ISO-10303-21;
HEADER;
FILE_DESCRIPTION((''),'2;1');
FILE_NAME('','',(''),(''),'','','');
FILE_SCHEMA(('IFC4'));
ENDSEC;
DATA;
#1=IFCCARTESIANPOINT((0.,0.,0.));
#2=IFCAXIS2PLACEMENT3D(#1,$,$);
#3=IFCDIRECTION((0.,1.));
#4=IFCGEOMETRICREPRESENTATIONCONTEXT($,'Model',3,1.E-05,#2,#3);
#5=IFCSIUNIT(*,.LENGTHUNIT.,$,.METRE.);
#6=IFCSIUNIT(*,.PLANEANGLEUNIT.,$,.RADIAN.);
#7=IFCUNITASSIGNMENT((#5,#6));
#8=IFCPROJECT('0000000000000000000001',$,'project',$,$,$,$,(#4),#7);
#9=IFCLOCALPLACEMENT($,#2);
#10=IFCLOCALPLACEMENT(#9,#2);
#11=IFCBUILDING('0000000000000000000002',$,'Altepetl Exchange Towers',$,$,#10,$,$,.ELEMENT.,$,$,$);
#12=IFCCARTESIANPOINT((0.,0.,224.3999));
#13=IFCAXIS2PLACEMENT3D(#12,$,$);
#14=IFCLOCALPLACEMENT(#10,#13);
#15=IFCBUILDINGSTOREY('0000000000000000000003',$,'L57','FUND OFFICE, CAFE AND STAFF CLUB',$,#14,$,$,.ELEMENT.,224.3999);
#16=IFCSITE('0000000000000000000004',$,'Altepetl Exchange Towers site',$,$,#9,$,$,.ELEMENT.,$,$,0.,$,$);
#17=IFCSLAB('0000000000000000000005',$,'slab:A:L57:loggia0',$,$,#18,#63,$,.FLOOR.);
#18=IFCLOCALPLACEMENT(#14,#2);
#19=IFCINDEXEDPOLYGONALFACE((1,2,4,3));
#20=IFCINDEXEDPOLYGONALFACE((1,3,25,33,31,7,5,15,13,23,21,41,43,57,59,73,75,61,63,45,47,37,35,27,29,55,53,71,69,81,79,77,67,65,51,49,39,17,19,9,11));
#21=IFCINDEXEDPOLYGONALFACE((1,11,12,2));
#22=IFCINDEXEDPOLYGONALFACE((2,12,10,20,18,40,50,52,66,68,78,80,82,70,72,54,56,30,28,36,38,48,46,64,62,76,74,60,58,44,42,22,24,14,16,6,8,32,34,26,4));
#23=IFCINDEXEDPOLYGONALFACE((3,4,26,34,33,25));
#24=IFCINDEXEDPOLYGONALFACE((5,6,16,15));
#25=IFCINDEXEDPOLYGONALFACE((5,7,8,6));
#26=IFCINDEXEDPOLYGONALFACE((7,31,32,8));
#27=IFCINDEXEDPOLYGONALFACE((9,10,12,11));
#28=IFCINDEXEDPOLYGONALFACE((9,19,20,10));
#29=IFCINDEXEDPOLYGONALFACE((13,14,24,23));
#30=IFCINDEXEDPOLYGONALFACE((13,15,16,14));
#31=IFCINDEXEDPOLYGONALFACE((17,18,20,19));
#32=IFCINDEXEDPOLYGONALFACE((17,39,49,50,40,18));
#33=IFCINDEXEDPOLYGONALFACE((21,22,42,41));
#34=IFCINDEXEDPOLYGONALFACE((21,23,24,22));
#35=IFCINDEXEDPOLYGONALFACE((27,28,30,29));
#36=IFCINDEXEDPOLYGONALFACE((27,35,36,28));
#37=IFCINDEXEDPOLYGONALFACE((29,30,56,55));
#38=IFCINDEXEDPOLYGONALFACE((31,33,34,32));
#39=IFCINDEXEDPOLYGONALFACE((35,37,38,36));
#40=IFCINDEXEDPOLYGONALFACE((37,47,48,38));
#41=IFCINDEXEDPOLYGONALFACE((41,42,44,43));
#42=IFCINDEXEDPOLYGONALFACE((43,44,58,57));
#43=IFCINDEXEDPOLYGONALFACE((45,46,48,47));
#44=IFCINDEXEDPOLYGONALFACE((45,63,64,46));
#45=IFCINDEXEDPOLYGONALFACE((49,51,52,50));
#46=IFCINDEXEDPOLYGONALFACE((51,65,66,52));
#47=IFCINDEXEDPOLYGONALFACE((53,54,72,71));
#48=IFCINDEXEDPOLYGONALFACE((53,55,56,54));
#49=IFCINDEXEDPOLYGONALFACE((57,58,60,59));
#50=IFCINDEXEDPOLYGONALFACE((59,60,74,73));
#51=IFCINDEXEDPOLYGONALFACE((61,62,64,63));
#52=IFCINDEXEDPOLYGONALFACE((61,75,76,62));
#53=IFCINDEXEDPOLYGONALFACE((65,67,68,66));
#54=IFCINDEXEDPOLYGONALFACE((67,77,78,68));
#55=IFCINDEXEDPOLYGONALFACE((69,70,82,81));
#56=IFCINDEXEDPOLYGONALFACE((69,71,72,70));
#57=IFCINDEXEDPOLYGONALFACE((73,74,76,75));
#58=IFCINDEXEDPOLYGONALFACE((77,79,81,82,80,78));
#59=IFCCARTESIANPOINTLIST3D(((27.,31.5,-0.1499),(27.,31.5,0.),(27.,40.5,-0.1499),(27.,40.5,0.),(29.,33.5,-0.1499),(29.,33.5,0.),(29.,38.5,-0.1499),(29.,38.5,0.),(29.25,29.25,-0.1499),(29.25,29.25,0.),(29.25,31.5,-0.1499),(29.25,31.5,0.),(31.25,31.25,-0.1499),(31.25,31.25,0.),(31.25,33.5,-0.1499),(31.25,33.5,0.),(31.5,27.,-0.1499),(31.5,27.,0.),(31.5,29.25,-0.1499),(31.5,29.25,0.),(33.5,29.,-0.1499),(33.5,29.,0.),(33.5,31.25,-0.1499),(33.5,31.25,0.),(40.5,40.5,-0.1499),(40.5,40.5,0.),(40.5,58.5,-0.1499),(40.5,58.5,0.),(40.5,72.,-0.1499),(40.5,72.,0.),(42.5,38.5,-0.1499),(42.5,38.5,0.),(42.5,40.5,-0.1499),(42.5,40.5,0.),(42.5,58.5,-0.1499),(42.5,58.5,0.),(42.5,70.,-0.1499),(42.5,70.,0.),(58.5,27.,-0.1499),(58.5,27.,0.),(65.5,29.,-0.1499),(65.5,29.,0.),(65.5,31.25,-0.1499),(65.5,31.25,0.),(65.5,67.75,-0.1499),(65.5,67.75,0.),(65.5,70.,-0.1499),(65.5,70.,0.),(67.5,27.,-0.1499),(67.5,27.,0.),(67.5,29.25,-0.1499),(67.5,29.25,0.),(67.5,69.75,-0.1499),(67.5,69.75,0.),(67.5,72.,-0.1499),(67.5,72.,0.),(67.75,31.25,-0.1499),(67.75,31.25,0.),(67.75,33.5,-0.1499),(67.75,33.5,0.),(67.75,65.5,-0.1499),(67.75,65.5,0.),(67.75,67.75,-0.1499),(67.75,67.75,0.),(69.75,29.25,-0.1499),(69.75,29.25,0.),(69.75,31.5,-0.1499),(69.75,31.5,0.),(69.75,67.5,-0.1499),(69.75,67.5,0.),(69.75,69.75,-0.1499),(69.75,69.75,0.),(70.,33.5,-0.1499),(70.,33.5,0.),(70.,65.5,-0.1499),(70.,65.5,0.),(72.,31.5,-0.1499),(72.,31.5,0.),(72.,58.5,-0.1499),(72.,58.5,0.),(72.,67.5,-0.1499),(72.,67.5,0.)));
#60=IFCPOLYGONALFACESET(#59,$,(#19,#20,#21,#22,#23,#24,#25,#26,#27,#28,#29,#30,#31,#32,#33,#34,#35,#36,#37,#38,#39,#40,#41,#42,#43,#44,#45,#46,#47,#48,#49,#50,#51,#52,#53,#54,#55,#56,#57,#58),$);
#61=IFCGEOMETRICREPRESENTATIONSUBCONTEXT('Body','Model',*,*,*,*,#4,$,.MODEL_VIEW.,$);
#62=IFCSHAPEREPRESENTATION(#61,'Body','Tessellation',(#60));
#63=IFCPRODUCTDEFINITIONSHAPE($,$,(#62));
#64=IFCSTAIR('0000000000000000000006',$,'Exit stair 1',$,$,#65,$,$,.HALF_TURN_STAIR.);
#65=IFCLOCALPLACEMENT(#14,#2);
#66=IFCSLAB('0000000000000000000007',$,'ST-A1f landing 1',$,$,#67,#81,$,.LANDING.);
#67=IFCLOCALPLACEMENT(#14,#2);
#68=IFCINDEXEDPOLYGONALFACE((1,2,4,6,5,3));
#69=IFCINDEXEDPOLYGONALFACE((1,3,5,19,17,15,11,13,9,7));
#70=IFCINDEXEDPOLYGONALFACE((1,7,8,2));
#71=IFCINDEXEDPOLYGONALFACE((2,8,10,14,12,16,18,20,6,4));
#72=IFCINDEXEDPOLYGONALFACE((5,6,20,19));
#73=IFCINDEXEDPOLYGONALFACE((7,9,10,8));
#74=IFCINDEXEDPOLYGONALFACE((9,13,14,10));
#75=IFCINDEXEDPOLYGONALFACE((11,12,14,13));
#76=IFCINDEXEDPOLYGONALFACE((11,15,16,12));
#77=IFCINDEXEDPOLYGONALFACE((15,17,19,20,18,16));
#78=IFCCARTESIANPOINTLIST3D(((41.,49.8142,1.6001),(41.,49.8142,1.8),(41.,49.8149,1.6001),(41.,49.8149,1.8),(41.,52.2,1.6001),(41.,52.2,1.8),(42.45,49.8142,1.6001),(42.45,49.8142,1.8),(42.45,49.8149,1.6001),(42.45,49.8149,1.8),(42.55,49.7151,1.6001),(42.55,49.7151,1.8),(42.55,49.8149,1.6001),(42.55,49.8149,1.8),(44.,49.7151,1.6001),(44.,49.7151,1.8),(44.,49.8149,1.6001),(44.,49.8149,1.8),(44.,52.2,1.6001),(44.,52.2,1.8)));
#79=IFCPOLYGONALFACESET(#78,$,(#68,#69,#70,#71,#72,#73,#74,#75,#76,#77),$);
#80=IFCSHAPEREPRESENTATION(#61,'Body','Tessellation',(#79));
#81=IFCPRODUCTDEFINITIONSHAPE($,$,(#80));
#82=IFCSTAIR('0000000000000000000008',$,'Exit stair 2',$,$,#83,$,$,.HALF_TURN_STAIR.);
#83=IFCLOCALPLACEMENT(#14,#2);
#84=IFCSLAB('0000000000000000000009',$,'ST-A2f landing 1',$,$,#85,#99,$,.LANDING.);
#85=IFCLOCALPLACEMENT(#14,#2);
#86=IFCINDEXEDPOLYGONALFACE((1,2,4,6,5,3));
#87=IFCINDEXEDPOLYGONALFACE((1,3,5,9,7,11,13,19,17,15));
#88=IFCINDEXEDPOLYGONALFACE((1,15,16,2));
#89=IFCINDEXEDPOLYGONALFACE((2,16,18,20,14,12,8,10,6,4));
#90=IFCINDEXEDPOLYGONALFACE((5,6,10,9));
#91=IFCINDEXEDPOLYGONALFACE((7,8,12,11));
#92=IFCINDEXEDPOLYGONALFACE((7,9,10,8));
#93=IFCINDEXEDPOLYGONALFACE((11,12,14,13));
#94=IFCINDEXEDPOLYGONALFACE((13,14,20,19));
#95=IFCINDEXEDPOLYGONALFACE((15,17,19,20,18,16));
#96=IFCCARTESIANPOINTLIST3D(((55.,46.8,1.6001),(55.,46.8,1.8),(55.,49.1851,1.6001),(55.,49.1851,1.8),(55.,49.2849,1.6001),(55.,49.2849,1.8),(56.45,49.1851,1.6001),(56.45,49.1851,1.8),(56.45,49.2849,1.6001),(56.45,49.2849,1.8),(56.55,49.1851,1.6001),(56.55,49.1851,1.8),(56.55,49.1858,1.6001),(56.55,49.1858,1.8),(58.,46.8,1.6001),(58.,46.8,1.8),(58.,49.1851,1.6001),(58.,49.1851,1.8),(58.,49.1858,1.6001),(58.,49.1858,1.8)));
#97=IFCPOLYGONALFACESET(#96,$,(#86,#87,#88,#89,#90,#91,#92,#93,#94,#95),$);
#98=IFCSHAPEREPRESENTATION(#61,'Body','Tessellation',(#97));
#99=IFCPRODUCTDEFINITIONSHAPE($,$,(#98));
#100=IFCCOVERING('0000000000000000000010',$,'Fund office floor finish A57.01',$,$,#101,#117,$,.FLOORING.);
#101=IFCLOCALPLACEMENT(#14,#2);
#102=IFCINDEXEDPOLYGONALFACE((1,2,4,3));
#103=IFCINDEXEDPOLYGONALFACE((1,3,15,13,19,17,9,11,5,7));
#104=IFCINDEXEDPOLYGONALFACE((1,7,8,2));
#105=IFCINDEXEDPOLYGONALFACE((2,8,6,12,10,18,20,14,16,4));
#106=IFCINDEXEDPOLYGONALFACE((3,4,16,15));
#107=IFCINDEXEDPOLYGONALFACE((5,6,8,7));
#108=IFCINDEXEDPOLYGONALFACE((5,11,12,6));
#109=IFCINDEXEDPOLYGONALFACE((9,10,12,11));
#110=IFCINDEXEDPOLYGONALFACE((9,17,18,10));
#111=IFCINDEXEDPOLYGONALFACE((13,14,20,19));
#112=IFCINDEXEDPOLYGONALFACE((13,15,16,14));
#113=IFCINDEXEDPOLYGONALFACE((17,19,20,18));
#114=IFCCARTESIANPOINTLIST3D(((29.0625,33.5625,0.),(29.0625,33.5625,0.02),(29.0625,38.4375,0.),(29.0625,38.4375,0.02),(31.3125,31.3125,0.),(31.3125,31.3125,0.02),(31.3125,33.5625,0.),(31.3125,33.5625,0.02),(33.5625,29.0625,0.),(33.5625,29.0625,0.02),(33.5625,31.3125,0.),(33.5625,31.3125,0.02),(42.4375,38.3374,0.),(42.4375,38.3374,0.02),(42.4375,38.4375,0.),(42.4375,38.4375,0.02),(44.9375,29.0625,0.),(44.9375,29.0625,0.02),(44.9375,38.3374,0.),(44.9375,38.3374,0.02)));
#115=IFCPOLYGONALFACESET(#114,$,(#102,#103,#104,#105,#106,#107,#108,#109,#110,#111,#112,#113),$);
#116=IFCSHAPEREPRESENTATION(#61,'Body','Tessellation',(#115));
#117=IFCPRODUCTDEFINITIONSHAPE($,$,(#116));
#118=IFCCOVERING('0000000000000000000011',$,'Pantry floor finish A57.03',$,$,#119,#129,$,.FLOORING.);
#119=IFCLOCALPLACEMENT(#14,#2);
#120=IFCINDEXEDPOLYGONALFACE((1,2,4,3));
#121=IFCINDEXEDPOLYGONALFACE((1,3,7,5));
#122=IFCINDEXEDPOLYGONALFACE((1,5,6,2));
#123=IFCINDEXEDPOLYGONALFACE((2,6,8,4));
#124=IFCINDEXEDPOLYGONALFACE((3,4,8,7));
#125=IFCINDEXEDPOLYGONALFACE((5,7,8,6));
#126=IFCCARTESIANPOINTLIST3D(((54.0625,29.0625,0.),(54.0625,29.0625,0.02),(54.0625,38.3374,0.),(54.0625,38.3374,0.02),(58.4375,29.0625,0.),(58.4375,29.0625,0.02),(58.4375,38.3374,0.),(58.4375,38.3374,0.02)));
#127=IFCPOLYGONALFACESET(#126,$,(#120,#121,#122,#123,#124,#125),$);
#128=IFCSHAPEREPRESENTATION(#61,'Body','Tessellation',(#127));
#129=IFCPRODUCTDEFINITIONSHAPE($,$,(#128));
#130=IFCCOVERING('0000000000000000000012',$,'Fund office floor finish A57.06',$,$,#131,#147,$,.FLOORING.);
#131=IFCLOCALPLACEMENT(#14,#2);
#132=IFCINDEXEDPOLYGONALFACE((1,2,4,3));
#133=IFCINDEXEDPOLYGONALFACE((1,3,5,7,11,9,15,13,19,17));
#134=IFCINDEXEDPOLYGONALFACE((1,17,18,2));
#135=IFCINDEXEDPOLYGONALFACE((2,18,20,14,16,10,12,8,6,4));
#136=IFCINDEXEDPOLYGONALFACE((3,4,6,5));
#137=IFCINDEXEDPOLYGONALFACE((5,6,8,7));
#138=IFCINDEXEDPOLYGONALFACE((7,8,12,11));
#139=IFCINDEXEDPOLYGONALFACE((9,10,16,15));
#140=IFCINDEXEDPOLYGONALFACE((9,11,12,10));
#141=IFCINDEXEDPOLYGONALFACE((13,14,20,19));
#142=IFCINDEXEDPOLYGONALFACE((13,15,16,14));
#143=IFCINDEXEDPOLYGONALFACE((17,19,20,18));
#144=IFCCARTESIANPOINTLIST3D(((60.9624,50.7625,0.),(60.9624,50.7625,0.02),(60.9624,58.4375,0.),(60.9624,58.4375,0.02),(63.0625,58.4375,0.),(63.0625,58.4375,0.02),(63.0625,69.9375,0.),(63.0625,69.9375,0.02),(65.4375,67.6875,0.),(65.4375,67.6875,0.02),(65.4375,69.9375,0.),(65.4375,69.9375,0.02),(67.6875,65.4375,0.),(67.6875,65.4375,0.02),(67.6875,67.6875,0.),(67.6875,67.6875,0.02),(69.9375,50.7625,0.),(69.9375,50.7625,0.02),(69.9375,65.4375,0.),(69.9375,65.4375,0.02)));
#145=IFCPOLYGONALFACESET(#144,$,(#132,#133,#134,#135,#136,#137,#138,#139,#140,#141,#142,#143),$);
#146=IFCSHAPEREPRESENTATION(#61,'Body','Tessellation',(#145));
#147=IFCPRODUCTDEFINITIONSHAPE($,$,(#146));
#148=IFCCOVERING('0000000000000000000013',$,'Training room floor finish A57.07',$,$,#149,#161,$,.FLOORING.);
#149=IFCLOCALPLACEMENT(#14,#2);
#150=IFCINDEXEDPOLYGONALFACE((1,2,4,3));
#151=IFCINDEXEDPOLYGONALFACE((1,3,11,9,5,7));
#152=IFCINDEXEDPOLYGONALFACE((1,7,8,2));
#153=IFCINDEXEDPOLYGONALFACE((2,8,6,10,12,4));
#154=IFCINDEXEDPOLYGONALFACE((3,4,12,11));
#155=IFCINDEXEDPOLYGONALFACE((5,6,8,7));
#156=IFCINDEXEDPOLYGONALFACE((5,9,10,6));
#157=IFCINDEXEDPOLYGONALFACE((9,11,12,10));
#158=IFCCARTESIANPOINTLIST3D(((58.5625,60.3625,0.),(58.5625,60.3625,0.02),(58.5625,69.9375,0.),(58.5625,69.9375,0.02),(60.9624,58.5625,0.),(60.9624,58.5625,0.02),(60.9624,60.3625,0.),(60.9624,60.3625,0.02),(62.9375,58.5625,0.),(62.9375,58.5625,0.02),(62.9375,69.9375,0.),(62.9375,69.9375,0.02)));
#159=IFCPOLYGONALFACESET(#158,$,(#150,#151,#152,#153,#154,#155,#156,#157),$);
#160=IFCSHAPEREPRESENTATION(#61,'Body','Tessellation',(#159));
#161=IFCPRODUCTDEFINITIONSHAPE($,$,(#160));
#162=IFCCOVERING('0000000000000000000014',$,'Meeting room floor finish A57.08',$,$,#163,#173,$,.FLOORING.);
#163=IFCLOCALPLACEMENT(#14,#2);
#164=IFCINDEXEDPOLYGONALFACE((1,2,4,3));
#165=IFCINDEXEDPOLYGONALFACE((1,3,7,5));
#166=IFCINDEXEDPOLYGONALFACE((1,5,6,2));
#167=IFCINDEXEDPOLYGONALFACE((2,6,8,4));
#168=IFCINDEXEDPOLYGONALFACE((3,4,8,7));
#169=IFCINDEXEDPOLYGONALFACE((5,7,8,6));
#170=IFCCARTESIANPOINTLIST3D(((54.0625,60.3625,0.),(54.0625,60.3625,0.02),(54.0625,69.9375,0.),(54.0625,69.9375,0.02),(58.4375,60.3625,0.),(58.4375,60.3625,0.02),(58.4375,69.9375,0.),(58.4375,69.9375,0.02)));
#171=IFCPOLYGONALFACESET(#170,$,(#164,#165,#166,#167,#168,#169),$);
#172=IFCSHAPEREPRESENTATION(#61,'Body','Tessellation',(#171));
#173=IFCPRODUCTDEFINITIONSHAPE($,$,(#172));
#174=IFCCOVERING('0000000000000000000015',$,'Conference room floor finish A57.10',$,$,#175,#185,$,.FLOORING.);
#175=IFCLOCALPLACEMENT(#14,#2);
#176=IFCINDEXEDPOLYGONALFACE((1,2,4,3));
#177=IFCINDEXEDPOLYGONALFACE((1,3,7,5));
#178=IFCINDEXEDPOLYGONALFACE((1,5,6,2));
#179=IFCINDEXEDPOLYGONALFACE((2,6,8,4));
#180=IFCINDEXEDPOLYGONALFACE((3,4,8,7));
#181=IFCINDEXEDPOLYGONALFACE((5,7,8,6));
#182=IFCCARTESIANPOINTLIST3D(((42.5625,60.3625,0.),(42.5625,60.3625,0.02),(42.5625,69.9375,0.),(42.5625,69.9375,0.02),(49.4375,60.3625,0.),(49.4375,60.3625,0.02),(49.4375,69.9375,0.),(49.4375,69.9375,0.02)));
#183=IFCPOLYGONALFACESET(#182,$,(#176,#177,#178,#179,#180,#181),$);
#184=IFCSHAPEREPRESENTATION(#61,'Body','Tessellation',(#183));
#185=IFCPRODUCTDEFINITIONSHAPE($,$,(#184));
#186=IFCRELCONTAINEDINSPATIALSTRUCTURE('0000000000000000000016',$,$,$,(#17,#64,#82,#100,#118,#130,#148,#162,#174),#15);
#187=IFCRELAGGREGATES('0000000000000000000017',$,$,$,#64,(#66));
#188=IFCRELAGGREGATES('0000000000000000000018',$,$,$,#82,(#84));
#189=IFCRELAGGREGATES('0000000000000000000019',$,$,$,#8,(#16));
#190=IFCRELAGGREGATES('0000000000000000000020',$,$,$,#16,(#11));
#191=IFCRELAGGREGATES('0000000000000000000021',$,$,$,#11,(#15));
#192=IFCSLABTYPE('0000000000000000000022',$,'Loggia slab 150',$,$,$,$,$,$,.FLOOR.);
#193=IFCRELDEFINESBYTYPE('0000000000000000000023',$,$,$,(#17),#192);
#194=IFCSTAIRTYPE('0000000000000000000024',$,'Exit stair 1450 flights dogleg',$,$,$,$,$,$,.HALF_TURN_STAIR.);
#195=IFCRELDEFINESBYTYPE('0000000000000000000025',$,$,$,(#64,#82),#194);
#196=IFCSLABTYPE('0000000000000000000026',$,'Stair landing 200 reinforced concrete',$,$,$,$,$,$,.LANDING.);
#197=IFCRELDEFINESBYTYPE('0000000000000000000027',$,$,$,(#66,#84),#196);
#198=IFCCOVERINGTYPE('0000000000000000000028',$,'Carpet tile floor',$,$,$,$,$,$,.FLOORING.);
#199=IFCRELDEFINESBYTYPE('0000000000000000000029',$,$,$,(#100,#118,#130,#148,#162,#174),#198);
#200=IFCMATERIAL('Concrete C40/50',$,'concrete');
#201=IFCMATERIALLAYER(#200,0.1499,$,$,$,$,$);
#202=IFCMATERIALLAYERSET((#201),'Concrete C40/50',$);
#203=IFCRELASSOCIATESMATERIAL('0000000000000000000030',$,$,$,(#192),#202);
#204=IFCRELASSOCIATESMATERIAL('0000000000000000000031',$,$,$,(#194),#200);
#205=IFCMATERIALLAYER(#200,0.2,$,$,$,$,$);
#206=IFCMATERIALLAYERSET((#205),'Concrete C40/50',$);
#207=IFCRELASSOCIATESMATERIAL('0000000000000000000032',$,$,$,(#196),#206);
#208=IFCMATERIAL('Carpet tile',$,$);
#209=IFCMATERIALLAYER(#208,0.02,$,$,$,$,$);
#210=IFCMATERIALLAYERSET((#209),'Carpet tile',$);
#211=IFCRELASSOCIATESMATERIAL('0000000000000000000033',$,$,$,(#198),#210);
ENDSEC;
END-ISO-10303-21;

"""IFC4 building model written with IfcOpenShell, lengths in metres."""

from ifc_helpers import new_model, si_unit, direction, frame, origin, place, context, subcontext, project, spatial, polyline, outline, extrude, material, layer, layer_set, type_object, element, aggregate, save


model = new_model("IFC4")

# Units and contexts
model_context = context("Model", 3, precision=1e-05, world=origin(), true_north=direction((0.0, 1.0)))
body_context = subcontext(model_context, "Body", "Model", "MODEL_VIEW")
ifc_project = project(units=[si_unit("LENGTHUNIT", "METRE"), si_unit("PLANEANGLEUNIT", "RADIAN")], contexts=[model_context])

# Site, building, storey
site_placement = place(None, origin())
site = spatial("IfcSite", under=ifc_project, at=site_placement, Name="Altepetl Exchange Towers site", CompositionType="ELEMENT", RefElevation=0.0)
building_placement = place(site_placement, origin())
building = spatial("IfcBuilding", under=site, at=building_placement, Name="Altepetl Exchange Towers", CompositionType="ELEMENT")
storey_placement = place(building_placement, frame((0.0, 0.0, 224.3999)))
storey = spatial("IfcBuildingStorey", under=building, at=storey_placement, Name="L57", Description="FUND OFFICE, CAFE AND STAFF CLUB", CompositionType="ELEMENT", Elevation=224.3999)

# Shared definitions
ifc_material_1 = material(Name="Concrete C40/50", Category="concrete")

# Slab
ifc_layer_1 = layer(ifc_material_1, 0.1499)
ifc_layer_set_1 = layer_set([ifc_layer_1], Name="Concrete C40/50")
slab_type_1 = type_object("IfcSlabType", Name="Loggia slab 150", PredefinedType="FLOOR", material=ifc_layer_set_1)
slab_1_placement = place(storey_placement, frame((0.0, 0.0, -0.1499)))
element("IfcSlab", 1, at=slab_1_placement, inside=storey, type_object=slab_type_1, Name="slab:A:L57:loggia0", PredefinedType="FLOOR", context=body_context, shape_type="SweptSolid", body=[
    extrude(outline(polyline([(40.5, 72.0), (40.5, 58.5), (42.5, 58.5), (42.5, 70.0), (65.5, 70.0), (65.5, 67.75), (67.75, 67.75), (67.75, 65.5), (70.0, 65.5), (70.0, 33.5), (67.75, 33.5), (67.75, 31.25), (65.5, 31.25), (65.5, 29.0), (33.5, 29.0), (33.5, 31.25), (31.25, 31.25), (31.25, 33.5), (29.0, 33.5), (29.0, 38.5), (42.5, 38.5), (42.5, 40.5), (40.5, 40.5), (27.0, 40.5), (27.0, 31.5), (29.25, 31.5), (29.25, 29.25), (31.5, 29.25), (31.5, 27.0), (58.5, 27.0), (67.5, 27.0), (67.5, 29.25), (69.75, 29.25), (69.75, 31.5), (72.0, 31.5), (72.0, 58.5), (72.0, 67.5), (69.75, 67.5), (69.75, 69.75), (67.5, 69.75), (67.5, 72.0), (40.5, 72.0)])), origin(), (0.0, 0.0, 1.0), 0.1499),
])

# Stairs, slabs
stair_type = type_object("IfcStairType", Name="Exit stair 1450 flights dogleg", PredefinedType="HALF_TURN_STAIR", material=ifc_material_1)
stair_1_placement = place(storey_placement, origin())
stair_1 = element("IfcStair", 2, at=stair_1_placement, inside=storey, type_object=stair_type, Name="Exit stair 1", PredefinedType="HALF_TURN_STAIR")
ifc_layer_2 = layer(ifc_material_1, 0.2)
ifc_layer_set_2 = layer_set([ifc_layer_2], Name="Concrete C40/50")
slab_type_2 = type_object("IfcSlabType", Name="Stair landing 200 reinforced concrete", PredefinedType="LANDING", material=ifc_layer_set_2)
slab_2_placement = place(storey_placement, frame((0.0, 0.0, 1.6001)))
slab_2 = element("IfcSlab", 3, at=slab_2_placement, type_object=slab_type_2, Name="ST-A1f landing 1", PredefinedType="LANDING", context=body_context, shape_type="SweptSolid", body=[
    extrude(outline(polyline([(44.0, 49.7151), (42.55, 49.7151), (42.55, 49.8149), (42.45, 49.8149), (42.45, 49.8142), (41.0, 49.8142), (41.0, 49.8149), (41.0, 52.2), (44.0, 52.2), (44.0, 49.8149), (44.0, 49.7151)])), origin(), (0.0, 0.0, 1.0), 0.2),
])
aggregate(stair_1, [slab_2])
stair_2_placement = place(storey_placement, origin())
stair_2 = element("IfcStair", 4, at=stair_2_placement, inside=storey, type_object=stair_type, Name="Exit stair 2", PredefinedType="HALF_TURN_STAIR")
slab_3_placement = place(storey_placement, frame((0.0, 0.0, 1.6001)))
slab_3 = element("IfcSlab", 5, at=slab_3_placement, type_object=slab_type_2, Name="ST-A2f landing 1", PredefinedType="LANDING", context=body_context, shape_type="SweptSolid", body=[
    extrude(outline(polyline([(58.0, 46.8), (55.0, 46.8), (55.0, 49.1851), (55.0, 49.2849), (56.45, 49.2849), (56.45, 49.1851), (56.55, 49.1851), (56.55, 49.1858), (58.0, 49.1858), (58.0, 49.1851), (58.0, 46.8)])), origin(), (0.0, 0.0, 1.0), 0.2),
])
aggregate(stair_2, [slab_3])

# Coverings
ifc_material_2 = material(Name="Carpet tile")
ifc_layer_3 = layer(ifc_material_2, 0.02)
ifc_layer_set_3 = layer_set([ifc_layer_3], Name="Carpet tile")
covering_type_1 = type_object("IfcCoveringType", Name="Carpet tile floor", PredefinedType="FLOORING", material=ifc_layer_set_3)
covering_1_placement = place(storey_placement, origin())
element("IfcCovering", 6, at=covering_1_placement, inside=storey, type_object=covering_type_1, Name="Fund office floor finish A57.01", PredefinedType="FLOORING", context=body_context, shape_type="SweptSolid", body=[
    extrude(outline(polyline([(33.5625, 29.0625), (44.9375, 29.0625), (44.9375, 38.3374), (42.4375, 38.3374), (42.4375, 38.4375), (29.0625, 38.4375), (29.0625, 33.5625), (31.3125, 33.5625), (31.3125, 31.3125), (33.5625, 31.3125), (33.5625, 29.0625)])), origin(), (0.0, 0.0, 1.0), 0.02),
])
covering_2_placement = place(storey_placement, origin())
element("IfcCovering", 7, at=covering_2_placement, inside=storey, type_object=covering_type_1, Name="Pantry floor finish A57.03", PredefinedType="FLOORING", context=body_context, shape_type="SweptSolid", body=[
    extrude(outline(polyline([(58.4375, 29.0625), (58.4375, 38.3374), (54.0625, 38.3374), (54.0625, 29.0625), (58.4375, 29.0625)])), origin(), (0.0, 0.0, 1.0), 0.02),
])
covering_3_placement = place(storey_placement, origin())
element("IfcCovering", 8, at=covering_3_placement, inside=storey, type_object=covering_type_1, Name="Fund office floor finish A57.06", PredefinedType="FLOORING", context=body_context, shape_type="SweptSolid", body=[
    extrude(outline(polyline([(60.9624, 50.7625), (69.9375, 50.7625), (69.9375, 65.4375), (67.6875, 65.4375), (67.6875, 67.6875), (65.4375, 67.6875), (65.4375, 69.9375), (63.0625, 69.9375), (63.0625, 58.4375), (60.9624, 58.4375), (60.9624, 50.7625)])), origin(), (0.0, 0.0, 1.0), 0.02),
])
covering_4_placement = place(storey_placement, origin())
element("IfcCovering", 9, at=covering_4_placement, inside=storey, type_object=covering_type_1, Name="Training room floor finish A57.07", PredefinedType="FLOORING", context=body_context, shape_type="SweptSolid", body=[
    extrude(outline(polyline([(60.9624, 58.5625), (62.9375, 58.5625), (62.9375, 69.9375), (58.5625, 69.9375), (58.5625, 60.3625), (60.9624, 60.3625), (60.9624, 58.5625)])), origin(), (0.0, 0.0, 1.0), 0.02),
])
covering_5_placement = place(storey_placement, origin())
element("IfcCovering", 10, at=covering_5_placement, inside=storey, type_object=covering_type_1, Name="Meeting room floor finish A57.08", PredefinedType="FLOORING", context=body_context, shape_type="SweptSolid", body=[
    extrude(outline(polyline([(58.4375, 60.3625), (58.4375, 69.9375), (54.0625, 69.9375), (54.0625, 60.3625), (58.4375, 60.3625)])), origin(), (0.0, 0.0, 1.0), 0.02),
])
covering_6_placement = place(storey_placement, origin())
element("IfcCovering", 11, at=covering_6_placement, inside=storey, type_object=covering_type_1, Name="Conference room floor finish A57.10", PredefinedType="FLOORING", context=body_context, shape_type="SweptSolid", body=[
    extrude(outline(polyline([(49.4375, 60.3625), (49.4375, 69.9375), (42.5625, 69.9375), (42.5625, 60.3625), (49.4375, 60.3625)])), origin(), (0.0, 0.0, 1.0), 0.02),
])

save(model, "model.ifc")
